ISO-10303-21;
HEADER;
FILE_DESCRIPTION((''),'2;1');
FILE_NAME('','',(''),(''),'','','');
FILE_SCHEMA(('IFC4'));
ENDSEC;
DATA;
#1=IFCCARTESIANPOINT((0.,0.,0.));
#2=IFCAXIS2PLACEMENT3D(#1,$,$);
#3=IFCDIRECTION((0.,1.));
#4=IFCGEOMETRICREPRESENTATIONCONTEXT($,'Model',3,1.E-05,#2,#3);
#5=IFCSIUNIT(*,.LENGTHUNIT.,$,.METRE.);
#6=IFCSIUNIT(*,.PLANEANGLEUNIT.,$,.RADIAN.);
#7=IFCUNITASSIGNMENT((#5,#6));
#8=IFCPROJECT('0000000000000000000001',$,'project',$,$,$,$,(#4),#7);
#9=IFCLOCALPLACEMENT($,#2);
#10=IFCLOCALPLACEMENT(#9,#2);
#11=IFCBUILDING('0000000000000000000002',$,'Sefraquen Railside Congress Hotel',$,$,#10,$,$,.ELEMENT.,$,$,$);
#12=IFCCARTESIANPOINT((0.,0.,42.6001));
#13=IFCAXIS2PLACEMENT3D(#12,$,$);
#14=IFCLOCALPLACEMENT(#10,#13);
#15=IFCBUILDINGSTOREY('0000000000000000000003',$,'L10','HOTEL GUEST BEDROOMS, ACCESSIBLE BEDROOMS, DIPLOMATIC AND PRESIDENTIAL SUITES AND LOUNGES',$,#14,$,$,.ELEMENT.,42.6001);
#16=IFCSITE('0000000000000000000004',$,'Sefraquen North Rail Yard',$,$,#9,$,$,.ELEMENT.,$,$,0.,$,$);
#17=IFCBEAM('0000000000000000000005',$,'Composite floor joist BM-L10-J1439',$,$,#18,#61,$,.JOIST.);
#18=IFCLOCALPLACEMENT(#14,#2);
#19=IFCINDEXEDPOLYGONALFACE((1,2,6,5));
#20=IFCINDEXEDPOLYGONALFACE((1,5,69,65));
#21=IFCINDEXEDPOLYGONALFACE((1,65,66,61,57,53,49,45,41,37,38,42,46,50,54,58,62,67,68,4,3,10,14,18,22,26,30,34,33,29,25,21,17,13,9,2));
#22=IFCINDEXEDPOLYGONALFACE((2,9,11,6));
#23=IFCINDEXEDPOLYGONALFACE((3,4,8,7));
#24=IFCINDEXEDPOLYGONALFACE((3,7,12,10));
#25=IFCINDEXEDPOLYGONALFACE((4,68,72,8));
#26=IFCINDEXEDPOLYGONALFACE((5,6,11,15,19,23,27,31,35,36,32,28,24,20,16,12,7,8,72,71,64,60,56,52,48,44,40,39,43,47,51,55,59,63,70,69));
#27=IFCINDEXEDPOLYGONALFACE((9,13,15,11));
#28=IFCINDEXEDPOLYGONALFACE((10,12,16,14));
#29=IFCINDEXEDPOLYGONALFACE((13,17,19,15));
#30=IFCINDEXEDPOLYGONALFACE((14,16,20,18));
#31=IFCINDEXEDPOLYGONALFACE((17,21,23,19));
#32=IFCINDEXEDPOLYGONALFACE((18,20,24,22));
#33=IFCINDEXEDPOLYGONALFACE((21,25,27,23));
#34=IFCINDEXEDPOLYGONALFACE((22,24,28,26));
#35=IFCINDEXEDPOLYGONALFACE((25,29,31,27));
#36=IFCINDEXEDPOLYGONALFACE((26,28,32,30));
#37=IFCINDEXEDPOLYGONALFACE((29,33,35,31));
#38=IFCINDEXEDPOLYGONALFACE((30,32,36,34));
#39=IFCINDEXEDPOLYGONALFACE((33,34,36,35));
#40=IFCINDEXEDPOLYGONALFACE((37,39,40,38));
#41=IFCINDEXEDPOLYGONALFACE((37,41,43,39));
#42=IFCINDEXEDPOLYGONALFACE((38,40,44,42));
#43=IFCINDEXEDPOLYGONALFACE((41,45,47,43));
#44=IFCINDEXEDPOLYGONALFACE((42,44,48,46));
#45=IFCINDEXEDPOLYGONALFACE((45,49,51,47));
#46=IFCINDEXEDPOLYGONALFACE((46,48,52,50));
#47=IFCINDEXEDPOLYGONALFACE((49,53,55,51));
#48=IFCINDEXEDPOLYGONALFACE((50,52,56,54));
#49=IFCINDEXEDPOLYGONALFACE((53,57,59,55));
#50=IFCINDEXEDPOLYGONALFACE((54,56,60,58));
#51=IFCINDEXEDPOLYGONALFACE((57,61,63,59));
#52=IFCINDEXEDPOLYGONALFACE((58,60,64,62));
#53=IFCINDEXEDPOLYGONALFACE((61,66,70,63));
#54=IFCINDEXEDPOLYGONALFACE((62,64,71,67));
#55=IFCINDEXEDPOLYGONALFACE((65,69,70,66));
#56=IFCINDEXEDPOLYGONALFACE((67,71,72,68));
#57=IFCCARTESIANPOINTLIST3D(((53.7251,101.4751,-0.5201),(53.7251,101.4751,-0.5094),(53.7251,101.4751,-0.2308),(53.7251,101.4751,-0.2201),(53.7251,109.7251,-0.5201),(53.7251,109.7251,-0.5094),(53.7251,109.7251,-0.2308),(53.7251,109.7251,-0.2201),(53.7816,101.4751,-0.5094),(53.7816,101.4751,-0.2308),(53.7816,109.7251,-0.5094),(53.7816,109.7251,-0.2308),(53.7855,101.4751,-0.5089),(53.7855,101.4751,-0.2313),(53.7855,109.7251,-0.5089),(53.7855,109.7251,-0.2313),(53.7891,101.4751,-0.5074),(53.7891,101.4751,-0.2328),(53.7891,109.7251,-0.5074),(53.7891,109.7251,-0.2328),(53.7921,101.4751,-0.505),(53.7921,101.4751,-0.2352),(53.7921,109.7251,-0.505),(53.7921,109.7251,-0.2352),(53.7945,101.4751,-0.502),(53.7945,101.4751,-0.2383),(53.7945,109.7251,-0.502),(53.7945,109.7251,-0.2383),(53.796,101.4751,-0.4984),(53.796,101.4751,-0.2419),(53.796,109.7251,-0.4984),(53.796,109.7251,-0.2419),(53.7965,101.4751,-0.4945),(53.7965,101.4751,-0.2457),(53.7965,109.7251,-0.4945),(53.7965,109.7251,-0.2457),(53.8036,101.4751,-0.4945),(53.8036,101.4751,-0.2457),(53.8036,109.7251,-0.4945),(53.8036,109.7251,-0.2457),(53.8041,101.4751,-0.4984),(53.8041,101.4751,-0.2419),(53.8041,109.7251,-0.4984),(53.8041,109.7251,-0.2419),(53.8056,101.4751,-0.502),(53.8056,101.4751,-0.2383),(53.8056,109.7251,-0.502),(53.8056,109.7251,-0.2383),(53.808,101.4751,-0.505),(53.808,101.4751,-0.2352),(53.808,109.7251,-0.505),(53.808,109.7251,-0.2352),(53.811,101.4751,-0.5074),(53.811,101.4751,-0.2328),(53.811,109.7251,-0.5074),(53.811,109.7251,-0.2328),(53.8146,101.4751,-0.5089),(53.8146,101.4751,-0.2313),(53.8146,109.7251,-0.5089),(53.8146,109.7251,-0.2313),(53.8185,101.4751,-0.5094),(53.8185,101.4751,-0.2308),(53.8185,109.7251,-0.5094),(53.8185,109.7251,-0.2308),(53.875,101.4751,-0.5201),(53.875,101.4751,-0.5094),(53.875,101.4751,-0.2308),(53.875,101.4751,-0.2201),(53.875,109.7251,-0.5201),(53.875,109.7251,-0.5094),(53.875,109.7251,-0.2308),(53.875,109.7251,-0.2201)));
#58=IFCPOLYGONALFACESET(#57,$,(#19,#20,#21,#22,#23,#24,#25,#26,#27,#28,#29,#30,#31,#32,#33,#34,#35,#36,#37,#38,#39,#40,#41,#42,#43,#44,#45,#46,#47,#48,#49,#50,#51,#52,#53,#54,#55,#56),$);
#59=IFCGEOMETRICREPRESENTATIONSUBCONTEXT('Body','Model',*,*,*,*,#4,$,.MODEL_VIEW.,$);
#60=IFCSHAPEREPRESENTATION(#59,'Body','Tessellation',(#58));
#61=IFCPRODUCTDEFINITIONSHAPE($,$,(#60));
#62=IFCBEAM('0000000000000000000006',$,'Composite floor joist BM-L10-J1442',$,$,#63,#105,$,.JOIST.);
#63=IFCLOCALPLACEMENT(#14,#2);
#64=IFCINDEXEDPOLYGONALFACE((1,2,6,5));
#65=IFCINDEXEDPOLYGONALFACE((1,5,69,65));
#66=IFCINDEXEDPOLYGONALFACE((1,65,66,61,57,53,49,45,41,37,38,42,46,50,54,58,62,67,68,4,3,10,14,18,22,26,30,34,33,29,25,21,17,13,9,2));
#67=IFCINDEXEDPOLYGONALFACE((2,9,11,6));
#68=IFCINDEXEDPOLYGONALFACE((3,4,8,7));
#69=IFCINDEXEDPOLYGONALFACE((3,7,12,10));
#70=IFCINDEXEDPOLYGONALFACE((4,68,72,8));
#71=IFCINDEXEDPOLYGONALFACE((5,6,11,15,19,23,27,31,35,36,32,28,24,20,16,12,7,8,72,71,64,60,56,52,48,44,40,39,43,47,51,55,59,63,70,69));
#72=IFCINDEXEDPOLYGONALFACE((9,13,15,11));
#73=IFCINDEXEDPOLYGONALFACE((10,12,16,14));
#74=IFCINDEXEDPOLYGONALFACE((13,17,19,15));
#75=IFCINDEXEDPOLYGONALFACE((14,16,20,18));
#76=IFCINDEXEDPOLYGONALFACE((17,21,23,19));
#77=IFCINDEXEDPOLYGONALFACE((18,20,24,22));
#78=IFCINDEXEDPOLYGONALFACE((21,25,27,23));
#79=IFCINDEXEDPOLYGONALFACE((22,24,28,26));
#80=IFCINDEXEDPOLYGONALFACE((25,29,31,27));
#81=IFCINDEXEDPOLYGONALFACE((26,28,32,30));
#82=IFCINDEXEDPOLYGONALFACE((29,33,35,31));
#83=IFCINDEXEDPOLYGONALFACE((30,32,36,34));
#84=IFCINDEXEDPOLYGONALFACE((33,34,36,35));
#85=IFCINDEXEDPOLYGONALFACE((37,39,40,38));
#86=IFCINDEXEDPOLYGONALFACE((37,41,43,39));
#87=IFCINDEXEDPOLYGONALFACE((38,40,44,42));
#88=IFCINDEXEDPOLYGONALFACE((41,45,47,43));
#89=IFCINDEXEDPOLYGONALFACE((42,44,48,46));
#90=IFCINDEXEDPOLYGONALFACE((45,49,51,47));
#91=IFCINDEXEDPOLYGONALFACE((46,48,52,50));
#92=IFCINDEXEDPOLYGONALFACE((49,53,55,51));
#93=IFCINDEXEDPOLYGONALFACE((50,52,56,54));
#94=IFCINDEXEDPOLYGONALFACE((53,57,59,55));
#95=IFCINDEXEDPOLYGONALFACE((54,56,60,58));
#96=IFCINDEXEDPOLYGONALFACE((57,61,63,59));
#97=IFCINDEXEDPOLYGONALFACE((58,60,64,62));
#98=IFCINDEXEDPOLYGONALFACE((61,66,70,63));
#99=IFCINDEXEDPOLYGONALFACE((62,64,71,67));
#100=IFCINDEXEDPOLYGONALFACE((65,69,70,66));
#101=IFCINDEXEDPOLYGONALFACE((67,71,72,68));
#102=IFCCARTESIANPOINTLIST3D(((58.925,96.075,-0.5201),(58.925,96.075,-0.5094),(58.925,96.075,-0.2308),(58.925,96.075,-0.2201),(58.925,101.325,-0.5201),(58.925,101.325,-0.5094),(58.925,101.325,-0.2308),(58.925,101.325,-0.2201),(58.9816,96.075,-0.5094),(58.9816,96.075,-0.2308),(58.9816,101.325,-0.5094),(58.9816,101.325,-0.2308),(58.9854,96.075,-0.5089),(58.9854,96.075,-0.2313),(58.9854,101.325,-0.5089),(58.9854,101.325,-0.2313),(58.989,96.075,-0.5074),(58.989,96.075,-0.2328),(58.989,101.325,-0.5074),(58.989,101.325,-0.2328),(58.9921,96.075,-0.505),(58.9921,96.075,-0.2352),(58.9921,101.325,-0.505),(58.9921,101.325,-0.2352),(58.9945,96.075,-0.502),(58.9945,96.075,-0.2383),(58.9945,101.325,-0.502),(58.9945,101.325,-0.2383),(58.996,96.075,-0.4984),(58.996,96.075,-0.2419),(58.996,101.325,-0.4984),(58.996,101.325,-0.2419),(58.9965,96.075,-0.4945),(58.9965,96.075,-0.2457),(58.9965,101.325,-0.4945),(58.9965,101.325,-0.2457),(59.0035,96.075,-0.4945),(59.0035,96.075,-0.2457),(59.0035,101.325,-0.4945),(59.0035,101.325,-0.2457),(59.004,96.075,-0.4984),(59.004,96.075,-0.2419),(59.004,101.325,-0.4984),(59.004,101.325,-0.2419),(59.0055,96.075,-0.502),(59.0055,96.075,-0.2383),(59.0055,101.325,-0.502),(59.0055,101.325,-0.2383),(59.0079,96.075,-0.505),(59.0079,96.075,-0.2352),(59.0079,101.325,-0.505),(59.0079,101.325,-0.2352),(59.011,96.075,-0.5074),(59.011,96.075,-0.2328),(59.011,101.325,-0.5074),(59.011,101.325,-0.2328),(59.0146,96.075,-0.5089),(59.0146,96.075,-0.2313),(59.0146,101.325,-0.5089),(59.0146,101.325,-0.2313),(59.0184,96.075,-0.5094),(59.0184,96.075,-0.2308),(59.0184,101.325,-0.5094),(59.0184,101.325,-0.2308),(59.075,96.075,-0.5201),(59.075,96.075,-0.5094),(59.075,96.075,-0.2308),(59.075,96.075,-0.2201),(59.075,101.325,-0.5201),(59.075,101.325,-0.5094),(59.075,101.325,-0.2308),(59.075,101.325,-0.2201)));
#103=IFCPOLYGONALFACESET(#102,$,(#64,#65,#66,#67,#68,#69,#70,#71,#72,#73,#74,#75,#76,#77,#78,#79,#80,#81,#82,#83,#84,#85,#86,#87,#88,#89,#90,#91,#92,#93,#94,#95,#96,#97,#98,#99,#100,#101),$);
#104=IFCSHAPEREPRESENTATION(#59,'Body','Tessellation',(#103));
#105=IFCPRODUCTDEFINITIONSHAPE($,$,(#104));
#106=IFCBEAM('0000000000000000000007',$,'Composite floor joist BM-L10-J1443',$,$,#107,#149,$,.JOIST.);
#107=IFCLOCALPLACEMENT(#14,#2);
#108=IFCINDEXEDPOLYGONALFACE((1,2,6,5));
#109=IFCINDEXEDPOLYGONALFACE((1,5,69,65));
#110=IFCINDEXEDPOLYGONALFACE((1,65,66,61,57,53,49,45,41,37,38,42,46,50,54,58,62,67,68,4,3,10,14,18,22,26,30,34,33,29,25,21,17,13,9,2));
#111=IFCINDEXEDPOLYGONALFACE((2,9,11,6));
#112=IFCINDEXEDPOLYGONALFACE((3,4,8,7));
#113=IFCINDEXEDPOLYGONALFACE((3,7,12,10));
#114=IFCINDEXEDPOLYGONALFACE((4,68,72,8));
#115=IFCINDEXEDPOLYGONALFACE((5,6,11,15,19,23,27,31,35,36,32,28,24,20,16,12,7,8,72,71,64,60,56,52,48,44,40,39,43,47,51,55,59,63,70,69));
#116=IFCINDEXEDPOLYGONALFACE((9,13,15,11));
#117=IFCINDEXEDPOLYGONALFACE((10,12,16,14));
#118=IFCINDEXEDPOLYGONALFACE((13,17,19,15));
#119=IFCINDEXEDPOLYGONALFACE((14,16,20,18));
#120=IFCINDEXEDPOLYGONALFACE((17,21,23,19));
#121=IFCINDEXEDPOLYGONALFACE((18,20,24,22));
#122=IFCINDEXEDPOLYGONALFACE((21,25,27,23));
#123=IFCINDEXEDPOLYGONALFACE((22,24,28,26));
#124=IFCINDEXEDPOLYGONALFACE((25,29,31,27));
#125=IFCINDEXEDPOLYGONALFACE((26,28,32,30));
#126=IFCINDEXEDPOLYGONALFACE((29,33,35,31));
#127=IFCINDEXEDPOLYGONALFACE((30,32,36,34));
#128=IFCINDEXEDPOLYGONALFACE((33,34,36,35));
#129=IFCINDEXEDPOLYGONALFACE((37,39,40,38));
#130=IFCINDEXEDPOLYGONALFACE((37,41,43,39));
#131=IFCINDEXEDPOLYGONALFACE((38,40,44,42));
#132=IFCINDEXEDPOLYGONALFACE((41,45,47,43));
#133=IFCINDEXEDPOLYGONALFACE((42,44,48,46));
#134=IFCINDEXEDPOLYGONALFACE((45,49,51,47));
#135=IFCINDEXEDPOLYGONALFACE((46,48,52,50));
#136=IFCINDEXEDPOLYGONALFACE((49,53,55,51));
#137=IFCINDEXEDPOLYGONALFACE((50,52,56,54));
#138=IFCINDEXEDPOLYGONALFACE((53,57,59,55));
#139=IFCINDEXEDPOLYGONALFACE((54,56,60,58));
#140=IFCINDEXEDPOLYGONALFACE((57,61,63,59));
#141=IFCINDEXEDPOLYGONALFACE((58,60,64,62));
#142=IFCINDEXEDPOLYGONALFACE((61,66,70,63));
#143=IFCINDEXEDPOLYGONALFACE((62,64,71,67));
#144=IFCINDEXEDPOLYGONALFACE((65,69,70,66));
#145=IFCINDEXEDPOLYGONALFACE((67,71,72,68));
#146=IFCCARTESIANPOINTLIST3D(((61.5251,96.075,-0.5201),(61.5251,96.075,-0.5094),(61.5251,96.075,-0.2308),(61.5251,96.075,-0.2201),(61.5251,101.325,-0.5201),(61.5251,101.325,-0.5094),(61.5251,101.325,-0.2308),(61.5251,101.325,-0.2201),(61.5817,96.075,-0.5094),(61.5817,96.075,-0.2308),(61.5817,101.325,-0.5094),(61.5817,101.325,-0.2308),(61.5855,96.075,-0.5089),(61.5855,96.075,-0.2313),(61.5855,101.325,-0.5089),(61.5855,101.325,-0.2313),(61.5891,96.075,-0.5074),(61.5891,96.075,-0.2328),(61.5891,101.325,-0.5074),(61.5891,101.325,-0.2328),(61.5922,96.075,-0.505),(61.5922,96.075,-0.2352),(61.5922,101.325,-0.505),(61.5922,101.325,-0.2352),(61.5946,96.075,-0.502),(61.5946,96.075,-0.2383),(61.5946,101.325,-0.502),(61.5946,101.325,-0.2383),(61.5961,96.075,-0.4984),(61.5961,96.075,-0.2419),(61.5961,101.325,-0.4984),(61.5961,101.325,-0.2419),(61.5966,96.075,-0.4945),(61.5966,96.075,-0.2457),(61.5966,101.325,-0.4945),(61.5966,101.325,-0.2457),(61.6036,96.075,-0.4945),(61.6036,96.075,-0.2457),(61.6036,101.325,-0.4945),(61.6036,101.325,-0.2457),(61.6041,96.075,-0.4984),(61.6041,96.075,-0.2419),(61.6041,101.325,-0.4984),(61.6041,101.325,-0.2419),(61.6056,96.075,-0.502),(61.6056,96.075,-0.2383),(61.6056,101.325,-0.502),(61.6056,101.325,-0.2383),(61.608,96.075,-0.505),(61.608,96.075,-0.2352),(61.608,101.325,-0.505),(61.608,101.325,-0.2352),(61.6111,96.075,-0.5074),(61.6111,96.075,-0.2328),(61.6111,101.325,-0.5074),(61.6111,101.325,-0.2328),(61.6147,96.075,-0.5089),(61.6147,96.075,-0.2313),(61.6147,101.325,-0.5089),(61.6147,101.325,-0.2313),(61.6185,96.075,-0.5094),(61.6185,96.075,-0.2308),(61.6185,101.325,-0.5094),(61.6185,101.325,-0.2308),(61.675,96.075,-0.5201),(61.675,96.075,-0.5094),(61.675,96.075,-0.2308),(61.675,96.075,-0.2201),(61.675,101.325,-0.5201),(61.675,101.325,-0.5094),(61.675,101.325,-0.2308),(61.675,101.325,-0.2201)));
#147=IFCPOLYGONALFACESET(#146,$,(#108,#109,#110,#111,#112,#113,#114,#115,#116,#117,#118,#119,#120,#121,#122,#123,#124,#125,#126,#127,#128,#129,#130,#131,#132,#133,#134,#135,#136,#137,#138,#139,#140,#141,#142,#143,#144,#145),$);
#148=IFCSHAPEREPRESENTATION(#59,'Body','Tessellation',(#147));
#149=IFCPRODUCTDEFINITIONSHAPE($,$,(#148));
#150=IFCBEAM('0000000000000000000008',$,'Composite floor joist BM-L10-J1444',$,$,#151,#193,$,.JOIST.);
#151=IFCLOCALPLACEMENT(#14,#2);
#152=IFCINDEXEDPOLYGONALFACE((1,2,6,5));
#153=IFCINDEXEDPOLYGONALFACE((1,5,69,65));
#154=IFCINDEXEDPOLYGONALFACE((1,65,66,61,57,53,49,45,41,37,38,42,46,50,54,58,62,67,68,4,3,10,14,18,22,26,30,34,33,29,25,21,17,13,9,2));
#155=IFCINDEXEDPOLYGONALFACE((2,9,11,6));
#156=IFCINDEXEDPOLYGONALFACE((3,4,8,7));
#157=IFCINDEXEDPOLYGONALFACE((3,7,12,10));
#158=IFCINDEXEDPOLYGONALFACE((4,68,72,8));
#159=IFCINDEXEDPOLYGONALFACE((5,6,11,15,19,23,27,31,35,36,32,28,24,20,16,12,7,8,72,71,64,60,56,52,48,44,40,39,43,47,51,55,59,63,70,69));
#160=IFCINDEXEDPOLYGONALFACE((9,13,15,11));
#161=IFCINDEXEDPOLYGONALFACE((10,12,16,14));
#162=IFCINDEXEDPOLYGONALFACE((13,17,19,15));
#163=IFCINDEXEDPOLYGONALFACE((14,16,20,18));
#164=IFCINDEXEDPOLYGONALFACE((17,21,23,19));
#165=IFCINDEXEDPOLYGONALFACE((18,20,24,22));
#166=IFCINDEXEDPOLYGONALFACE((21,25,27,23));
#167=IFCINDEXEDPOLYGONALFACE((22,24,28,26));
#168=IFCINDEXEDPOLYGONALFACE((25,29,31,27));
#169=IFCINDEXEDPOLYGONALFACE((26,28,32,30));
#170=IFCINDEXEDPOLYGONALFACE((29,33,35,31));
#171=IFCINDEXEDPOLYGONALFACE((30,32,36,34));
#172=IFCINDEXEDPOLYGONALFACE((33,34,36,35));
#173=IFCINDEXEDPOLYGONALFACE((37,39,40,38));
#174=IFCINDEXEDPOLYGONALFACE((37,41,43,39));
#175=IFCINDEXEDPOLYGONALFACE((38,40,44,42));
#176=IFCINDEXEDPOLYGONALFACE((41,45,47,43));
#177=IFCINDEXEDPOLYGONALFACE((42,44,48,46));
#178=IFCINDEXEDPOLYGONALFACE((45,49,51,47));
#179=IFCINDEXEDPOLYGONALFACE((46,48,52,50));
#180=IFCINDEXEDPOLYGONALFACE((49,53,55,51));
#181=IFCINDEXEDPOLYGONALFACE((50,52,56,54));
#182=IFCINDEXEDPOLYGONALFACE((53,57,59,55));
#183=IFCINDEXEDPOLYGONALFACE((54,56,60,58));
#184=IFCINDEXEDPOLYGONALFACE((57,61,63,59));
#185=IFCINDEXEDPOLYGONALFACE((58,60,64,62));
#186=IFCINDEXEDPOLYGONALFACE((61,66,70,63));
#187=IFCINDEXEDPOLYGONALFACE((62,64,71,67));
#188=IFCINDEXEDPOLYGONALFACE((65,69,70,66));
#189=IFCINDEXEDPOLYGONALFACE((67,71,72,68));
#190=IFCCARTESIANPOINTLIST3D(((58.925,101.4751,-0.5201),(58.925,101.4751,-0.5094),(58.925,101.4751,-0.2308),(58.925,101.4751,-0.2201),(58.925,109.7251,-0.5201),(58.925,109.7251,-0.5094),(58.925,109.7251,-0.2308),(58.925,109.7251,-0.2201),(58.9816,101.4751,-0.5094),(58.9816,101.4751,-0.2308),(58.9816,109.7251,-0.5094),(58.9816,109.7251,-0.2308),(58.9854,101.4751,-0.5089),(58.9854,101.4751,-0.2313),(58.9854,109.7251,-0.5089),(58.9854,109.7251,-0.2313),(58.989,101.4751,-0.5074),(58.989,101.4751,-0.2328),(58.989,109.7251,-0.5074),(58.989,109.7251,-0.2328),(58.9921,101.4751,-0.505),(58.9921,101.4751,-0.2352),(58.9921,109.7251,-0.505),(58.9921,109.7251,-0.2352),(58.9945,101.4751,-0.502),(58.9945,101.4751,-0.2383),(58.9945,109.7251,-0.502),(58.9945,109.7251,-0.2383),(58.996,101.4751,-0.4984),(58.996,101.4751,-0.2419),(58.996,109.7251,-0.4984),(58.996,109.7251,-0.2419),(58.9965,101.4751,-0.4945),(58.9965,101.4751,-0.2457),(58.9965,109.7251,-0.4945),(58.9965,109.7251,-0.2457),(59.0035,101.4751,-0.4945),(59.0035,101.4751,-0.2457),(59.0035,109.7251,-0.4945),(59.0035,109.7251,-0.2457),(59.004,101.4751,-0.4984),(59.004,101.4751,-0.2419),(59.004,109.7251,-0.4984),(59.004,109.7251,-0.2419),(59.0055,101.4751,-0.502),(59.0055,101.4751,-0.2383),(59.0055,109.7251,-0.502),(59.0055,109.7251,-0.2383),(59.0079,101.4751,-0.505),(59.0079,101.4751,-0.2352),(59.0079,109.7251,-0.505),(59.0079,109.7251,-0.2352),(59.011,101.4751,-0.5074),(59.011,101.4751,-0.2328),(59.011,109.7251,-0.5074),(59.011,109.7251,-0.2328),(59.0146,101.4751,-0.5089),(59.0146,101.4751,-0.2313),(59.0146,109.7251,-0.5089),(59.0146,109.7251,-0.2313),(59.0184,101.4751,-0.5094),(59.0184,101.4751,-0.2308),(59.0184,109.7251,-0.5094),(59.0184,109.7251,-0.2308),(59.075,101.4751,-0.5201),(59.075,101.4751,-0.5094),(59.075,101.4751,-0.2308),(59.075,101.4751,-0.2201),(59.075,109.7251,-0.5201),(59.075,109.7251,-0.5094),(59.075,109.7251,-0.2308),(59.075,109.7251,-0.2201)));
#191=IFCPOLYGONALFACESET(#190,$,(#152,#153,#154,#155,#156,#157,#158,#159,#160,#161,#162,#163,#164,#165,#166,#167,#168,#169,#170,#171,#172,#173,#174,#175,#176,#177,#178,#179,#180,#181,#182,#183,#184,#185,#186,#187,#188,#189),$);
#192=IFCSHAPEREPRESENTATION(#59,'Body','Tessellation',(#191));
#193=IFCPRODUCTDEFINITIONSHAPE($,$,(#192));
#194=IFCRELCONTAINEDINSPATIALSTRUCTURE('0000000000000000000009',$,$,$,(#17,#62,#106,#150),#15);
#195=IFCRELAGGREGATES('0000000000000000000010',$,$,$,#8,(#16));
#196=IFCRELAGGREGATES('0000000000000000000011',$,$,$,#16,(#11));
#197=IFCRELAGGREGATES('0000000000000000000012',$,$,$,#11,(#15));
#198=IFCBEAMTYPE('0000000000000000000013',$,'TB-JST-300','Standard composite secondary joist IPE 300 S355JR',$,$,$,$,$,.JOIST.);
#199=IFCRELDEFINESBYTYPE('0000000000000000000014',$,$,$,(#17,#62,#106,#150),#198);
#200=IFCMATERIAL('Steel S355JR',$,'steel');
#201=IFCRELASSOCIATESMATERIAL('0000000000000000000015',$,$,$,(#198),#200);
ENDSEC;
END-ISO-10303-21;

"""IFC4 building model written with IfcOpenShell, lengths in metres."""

from ifc_helpers import new_model, si_unit, direction, frame, origin, origin_2d, place, context, subcontext, project, spatial, i_section, extrude, material, material_profile, profile_set, type_object, element, save


model = new_model("IFC4")

# Units and contexts
model_context = context("Model", 3, precision=1e-05, world=origin(), true_north=direction((0.0, 1.0)))
body_context = subcontext(model_context, "Body", "Model", "MODEL_VIEW")
ifc_project = project(units=[si_unit("LENGTHUNIT", "METRE"), si_unit("PLANEANGLEUNIT", "RADIAN")], contexts=[model_context])

# Site, building, storey
site_placement = place(None, origin())
site = spatial("IfcSite", under=ifc_project, at=site_placement, Name="Sefraquen North Rail Yard", CompositionType="ELEMENT", RefElevation=0.0)
building_placement = place(site_placement, origin())
building = spatial("IfcBuilding", under=site, at=building_placement, Name="Sefraquen Railside Congress Hotel", CompositionType="ELEMENT")
storey_placement = place(building_placement, frame((0.0, 0.0, 42.6001)))
storey = spatial("IfcBuildingStorey", under=building, at=storey_placement, Name="L10", Description="HOTEL GUEST BEDROOMS, ACCESSIBLE BEDROOMS, DIPLOMATIC AND PRESIDENTIAL SUITES AND LOUNGES", CompositionType="ELEMENT", Elevation=42.6001)

# Shared definitions
ifc_material_1 = material(Name="Steel S355JR", Category="steel")

# Beams
ifc_material_profile_1 = material_profile(ifc_material_1, i_section(OverallWidth=0.1499, OverallDepth=0.3, WebThickness=0.0071, FlangeThickness=0.0107, FilletRadius=0.0149, at=origin_2d()), Name="IPE 300")
ifc_profile_set_1 = profile_set([ifc_material_profile_1], Name="Steel S355JR")
beam_type_1 = type_object("IfcBeamType", Name="TB-JST-300", Description="Standard composite secondary joist IPE 300 S355JR", PredefinedType="JOIST", material=ifc_profile_set_1)
for number, where, z_axis, x_axis, name in (
    (1, (53.8, 101.4751, -0.3701), (0.0, 1.0, 0.0), (-1.0, 0.0, 0.0), "Composite floor joist BM-L10-J1439"),
):
    element("IfcBeam", number, at=place(storey_placement, frame(where, z_axis=z_axis, x_axis=x_axis)), inside=storey, type_object=beam_type_1, Name=name, PredefinedType="JOIST", context=body_context, shape_type="SweptSolid", body=[
        extrude(i_section(OverallWidth=0.1499, OverallDepth=0.3, WebThickness=0.0071, FlangeThickness=0.0107, FilletRadius=0.0149, at=origin_2d()), origin(), (0.0, 0.0, 1.0), 8.25),
    ])
for number, where, z_axis, x_axis, name in (
    (2, (59.0, 96.075, -0.3701), (0.0, 1.0, 0.0), (-1.0, 0.0, 0.0), "Composite floor joist BM-L10-J1442"),
    (3, (61.6001, 96.075, -0.3701), (0.0, 1.0, 0.0), (-1.0, 0.0, 0.0), "Composite floor joist BM-L10-J1443"),
):
    element("IfcBeam", number, at=place(storey_placement, frame(where, z_axis=z_axis, x_axis=x_axis)), inside=storey, type_object=beam_type_1, Name=name, PredefinedType="JOIST", context=body_context, shape_type="SweptSolid", body=[
        extrude(i_section(OverallWidth=0.1499, OverallDepth=0.3, WebThickness=0.0071, FlangeThickness=0.0107, FilletRadius=0.0149, at=origin_2d()), origin(), (0.0, 0.0, 1.0), 5.25),
    ])
for number, where, z_axis, x_axis, name in (
    (4, (59.0, 101.4751, -0.3701), (0.0, 1.0, 0.0), (-1.0, 0.0, 0.0), "Composite floor joist BM-L10-J1444"),
):
    element("IfcBeam", number, at=place(storey_placement, frame(where, z_axis=z_axis, x_axis=x_axis)), inside=storey, type_object=beam_type_1, Name=name, PredefinedType="JOIST", context=body_context, shape_type="SweptSolid", body=[
        extrude(i_section(OverallWidth=0.1499, OverallDepth=0.3, WebThickness=0.0071, FlangeThickness=0.0107, FilletRadius=0.0149, at=origin_2d()), origin(), (0.0, 0.0, 1.0), 8.25),
    ])

save(model, "model.ifc")
